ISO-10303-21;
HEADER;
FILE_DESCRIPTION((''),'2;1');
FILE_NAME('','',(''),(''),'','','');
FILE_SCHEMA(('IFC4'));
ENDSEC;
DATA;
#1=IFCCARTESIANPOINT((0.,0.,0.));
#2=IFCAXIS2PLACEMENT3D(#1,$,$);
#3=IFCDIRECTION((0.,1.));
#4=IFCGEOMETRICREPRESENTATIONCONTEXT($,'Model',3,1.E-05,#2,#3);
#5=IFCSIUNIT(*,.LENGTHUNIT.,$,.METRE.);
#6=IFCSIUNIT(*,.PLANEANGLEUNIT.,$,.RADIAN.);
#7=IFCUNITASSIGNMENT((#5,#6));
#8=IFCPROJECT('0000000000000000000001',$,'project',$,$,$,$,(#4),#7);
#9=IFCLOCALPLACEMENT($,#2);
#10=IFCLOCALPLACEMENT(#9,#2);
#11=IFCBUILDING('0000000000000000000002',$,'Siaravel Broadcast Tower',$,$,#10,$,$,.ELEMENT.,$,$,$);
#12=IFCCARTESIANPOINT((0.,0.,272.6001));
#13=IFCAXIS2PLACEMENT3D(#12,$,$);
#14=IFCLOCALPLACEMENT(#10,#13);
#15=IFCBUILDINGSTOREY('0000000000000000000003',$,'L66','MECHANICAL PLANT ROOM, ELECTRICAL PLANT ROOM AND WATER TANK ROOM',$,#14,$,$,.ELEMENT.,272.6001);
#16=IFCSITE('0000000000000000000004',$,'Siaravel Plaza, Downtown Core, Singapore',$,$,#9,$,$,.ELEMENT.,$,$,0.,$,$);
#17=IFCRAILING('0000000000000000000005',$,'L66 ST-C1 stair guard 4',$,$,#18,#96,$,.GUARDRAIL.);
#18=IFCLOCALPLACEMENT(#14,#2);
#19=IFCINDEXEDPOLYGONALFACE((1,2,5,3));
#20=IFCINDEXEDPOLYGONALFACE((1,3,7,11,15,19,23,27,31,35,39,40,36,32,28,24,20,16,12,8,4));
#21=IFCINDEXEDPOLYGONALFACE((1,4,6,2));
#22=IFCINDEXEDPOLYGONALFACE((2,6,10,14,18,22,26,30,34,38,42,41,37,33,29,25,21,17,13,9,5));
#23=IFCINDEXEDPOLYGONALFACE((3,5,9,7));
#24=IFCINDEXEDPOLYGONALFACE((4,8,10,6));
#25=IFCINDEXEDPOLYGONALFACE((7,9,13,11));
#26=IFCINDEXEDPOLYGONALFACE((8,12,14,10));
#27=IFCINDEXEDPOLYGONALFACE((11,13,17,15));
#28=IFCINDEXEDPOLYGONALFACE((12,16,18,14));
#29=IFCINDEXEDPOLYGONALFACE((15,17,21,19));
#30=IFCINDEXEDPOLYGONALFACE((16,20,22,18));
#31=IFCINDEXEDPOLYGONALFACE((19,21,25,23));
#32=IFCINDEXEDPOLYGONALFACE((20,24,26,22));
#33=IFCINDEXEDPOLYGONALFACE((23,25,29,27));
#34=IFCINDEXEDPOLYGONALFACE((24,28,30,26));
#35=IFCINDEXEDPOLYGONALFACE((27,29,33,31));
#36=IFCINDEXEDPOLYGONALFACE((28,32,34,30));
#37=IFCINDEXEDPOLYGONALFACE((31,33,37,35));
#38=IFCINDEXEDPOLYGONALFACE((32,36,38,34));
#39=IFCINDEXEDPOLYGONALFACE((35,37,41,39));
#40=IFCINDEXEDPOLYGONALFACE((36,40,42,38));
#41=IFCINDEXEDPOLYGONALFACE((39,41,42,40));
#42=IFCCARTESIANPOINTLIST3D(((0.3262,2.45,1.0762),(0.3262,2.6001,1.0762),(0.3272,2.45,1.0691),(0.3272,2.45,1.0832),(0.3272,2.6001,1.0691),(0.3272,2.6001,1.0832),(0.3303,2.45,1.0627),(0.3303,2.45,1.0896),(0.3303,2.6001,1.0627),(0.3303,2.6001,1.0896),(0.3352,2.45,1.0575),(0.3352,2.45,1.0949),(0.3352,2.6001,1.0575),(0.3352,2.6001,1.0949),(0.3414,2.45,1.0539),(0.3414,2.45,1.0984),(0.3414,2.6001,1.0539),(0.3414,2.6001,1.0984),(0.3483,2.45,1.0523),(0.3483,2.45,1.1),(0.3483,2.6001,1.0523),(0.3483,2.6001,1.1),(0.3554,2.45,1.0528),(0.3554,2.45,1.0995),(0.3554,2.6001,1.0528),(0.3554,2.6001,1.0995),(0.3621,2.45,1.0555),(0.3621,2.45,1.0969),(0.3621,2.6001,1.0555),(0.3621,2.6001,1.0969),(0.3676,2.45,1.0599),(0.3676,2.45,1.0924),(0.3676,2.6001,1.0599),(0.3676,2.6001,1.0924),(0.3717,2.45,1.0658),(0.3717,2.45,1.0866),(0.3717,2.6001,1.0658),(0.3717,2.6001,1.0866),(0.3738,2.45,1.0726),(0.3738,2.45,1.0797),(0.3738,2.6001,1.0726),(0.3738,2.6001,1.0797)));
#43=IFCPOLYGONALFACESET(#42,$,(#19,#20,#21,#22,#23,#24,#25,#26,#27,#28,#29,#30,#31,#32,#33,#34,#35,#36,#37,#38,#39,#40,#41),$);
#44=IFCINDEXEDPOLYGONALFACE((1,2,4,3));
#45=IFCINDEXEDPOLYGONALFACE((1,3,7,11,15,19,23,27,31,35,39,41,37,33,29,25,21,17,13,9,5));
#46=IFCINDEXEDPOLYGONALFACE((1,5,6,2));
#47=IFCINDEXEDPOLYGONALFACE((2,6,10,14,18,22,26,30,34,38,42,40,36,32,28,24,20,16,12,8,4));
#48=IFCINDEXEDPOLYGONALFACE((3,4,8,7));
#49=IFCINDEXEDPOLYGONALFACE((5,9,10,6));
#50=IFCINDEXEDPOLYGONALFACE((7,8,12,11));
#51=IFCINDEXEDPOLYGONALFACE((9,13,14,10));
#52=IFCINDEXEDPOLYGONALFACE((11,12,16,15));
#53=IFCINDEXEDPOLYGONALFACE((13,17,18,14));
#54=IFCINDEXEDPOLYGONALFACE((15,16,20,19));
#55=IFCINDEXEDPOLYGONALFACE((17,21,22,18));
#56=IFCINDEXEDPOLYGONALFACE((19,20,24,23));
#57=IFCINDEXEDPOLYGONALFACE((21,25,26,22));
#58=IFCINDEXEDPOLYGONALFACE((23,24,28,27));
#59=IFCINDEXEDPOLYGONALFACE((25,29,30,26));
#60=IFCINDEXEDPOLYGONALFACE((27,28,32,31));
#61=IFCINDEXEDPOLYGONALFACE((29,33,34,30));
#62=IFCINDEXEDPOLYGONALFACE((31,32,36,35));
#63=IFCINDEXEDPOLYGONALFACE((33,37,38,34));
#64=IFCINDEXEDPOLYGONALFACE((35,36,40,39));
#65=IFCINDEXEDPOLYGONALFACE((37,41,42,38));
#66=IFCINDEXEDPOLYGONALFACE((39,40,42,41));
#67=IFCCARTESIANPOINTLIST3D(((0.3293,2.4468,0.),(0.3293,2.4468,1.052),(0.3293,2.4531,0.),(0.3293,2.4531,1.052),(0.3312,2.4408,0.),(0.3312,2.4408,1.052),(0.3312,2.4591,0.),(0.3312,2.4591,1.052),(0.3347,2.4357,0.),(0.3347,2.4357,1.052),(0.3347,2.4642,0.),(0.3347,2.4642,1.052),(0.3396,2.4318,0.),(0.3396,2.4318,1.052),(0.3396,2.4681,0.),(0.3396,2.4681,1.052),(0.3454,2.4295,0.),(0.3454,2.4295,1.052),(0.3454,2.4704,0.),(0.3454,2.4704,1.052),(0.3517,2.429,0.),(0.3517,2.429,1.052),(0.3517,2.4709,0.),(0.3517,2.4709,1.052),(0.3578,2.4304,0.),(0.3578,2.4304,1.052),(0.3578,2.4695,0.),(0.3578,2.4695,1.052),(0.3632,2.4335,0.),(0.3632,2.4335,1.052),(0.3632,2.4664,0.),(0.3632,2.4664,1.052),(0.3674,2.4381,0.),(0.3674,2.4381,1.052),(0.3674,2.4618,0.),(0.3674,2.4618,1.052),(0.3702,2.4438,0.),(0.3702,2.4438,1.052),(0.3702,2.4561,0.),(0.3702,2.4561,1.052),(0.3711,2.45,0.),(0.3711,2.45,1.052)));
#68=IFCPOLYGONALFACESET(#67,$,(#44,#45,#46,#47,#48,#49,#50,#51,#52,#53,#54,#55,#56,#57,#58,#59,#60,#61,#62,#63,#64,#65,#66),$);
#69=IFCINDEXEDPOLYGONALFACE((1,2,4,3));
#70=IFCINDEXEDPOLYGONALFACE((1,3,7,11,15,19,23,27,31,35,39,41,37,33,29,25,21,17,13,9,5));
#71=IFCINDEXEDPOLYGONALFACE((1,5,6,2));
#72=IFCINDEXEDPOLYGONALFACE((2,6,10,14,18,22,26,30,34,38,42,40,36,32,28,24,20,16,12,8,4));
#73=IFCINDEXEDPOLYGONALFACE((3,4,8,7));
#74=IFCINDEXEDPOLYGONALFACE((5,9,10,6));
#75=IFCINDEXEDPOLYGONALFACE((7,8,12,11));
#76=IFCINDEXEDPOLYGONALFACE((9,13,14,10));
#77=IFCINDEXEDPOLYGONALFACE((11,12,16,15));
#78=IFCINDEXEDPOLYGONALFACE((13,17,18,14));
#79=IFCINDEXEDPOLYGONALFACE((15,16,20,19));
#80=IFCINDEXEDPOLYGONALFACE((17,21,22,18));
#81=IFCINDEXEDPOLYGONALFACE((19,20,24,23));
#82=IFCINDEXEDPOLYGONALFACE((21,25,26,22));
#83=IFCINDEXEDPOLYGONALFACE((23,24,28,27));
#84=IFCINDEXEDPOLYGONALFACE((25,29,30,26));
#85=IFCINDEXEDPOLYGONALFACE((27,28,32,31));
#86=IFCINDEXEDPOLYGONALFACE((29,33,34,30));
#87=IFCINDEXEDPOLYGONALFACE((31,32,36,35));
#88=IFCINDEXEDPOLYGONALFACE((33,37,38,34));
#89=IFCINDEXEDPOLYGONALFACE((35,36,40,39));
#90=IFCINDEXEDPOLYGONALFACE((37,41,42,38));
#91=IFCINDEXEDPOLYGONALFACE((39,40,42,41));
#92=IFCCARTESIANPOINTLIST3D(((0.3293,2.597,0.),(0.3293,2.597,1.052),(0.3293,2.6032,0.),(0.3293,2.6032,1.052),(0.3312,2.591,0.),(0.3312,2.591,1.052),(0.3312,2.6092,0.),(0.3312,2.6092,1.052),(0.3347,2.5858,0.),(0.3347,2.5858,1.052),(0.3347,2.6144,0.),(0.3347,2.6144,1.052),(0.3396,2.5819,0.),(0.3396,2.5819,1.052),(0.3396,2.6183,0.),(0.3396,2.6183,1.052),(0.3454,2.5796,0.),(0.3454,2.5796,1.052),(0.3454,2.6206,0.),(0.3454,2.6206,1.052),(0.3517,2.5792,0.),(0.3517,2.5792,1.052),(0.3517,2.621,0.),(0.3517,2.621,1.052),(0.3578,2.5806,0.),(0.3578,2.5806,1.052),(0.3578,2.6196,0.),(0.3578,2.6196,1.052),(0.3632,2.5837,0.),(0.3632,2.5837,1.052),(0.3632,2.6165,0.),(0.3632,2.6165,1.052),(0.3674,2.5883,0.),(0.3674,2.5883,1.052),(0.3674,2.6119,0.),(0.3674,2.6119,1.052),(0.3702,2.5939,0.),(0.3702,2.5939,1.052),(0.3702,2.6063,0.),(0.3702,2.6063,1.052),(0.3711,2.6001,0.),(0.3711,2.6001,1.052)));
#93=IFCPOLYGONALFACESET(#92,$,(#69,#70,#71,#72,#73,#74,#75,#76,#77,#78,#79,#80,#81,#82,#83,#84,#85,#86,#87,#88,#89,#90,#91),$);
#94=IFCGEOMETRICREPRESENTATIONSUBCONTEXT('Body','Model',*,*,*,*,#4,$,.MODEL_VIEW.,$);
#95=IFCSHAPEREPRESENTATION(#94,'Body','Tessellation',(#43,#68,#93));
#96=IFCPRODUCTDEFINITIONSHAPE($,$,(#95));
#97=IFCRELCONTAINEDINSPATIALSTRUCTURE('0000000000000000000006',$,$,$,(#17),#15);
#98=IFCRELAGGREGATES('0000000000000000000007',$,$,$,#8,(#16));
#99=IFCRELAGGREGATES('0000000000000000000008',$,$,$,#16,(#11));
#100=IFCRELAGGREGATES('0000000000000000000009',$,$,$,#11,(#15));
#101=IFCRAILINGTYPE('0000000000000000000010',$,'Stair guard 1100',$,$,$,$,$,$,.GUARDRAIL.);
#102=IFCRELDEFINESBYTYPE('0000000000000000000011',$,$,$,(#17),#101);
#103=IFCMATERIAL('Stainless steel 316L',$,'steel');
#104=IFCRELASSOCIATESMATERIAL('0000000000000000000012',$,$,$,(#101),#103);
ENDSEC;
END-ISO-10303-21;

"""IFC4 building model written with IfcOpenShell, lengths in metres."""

from ifc_helpers import new_model, si_unit, direction, frame, origin, origin_2d, place, context, subcontext, project, spatial, circle, extrude, material, type_object, element, save


model = new_model("IFC4")

# Units and contexts
model_context = context("Model", 3, precision=1e-05, world=origin(), true_north=direction((0.0, 1.0)))
body_context = subcontext(model_context, "Body", "Model", "MODEL_VIEW")
ifc_project = project(units=[si_unit("LENGTHUNIT", "METRE"), si_unit("PLANEANGLEUNIT", "RADIAN")], contexts=[model_context])

# Site, building, storey
site_placement = place(None, origin())
site = spatial("IfcSite", under=ifc_project, at=site_placement, Name="Siaravel Plaza, Downtown Core, Singapore", CompositionType="ELEMENT", RefElevation=0.0)
building_placement = place(site_placement, origin())
building = spatial("IfcBuilding", under=site, at=building_placement, Name="Siaravel Broadcast Tower", CompositionType="ELEMENT")
storey_placement = place(building_placement, frame((0.0, 0.0, 272.6001)))
storey = spatial("IfcBuildingStorey", under=building, at=storey_placement, Name="L66", Description="MECHANICAL PLANT ROOM, ELECTRICAL PLANT ROOM AND WATER TANK ROOM", CompositionType="ELEMENT", Elevation=272.6001)

# Railing
ifc_material_1 = material(Name="Stainless steel 316L", Category="steel")
railing_type_1 = type_object("IfcRailingType", Name="Stair guard 1100", PredefinedType="GUARDRAIL", material=ifc_material_1)
railing_1_placement = place(storey_placement, frame((0.3501, 2.45, 0.0)))
element("IfcRailing", 1, at=railing_1_placement, inside=storey, type_object=railing_type_1, Name="L66 ST-C1 stair guard 4", PredefinedType="GUARDRAIL", context=body_context, shape_type="SweptSolid", body=[
    extrude(circle(Radius=0.0239, at=origin_2d()), frame((0.0, 0.0, 1.0762), z_axis=(0.0, 1.0, 0.0), x_axis=(-1.0, 0.0, 0.0)), (0.0, 0.0, 1.0), 0.1501),
    extrude(circle(Radius=0.021, at=origin_2d()), origin(), (0.0, 0.0, 1.0), 1.052),
    extrude(circle(Radius=0.021, at=origin_2d()), frame((0.0, 0.1501, 0.0)), (0.0, 0.0, 1.0), 1.052),
])

save(model, "model.ifc")
